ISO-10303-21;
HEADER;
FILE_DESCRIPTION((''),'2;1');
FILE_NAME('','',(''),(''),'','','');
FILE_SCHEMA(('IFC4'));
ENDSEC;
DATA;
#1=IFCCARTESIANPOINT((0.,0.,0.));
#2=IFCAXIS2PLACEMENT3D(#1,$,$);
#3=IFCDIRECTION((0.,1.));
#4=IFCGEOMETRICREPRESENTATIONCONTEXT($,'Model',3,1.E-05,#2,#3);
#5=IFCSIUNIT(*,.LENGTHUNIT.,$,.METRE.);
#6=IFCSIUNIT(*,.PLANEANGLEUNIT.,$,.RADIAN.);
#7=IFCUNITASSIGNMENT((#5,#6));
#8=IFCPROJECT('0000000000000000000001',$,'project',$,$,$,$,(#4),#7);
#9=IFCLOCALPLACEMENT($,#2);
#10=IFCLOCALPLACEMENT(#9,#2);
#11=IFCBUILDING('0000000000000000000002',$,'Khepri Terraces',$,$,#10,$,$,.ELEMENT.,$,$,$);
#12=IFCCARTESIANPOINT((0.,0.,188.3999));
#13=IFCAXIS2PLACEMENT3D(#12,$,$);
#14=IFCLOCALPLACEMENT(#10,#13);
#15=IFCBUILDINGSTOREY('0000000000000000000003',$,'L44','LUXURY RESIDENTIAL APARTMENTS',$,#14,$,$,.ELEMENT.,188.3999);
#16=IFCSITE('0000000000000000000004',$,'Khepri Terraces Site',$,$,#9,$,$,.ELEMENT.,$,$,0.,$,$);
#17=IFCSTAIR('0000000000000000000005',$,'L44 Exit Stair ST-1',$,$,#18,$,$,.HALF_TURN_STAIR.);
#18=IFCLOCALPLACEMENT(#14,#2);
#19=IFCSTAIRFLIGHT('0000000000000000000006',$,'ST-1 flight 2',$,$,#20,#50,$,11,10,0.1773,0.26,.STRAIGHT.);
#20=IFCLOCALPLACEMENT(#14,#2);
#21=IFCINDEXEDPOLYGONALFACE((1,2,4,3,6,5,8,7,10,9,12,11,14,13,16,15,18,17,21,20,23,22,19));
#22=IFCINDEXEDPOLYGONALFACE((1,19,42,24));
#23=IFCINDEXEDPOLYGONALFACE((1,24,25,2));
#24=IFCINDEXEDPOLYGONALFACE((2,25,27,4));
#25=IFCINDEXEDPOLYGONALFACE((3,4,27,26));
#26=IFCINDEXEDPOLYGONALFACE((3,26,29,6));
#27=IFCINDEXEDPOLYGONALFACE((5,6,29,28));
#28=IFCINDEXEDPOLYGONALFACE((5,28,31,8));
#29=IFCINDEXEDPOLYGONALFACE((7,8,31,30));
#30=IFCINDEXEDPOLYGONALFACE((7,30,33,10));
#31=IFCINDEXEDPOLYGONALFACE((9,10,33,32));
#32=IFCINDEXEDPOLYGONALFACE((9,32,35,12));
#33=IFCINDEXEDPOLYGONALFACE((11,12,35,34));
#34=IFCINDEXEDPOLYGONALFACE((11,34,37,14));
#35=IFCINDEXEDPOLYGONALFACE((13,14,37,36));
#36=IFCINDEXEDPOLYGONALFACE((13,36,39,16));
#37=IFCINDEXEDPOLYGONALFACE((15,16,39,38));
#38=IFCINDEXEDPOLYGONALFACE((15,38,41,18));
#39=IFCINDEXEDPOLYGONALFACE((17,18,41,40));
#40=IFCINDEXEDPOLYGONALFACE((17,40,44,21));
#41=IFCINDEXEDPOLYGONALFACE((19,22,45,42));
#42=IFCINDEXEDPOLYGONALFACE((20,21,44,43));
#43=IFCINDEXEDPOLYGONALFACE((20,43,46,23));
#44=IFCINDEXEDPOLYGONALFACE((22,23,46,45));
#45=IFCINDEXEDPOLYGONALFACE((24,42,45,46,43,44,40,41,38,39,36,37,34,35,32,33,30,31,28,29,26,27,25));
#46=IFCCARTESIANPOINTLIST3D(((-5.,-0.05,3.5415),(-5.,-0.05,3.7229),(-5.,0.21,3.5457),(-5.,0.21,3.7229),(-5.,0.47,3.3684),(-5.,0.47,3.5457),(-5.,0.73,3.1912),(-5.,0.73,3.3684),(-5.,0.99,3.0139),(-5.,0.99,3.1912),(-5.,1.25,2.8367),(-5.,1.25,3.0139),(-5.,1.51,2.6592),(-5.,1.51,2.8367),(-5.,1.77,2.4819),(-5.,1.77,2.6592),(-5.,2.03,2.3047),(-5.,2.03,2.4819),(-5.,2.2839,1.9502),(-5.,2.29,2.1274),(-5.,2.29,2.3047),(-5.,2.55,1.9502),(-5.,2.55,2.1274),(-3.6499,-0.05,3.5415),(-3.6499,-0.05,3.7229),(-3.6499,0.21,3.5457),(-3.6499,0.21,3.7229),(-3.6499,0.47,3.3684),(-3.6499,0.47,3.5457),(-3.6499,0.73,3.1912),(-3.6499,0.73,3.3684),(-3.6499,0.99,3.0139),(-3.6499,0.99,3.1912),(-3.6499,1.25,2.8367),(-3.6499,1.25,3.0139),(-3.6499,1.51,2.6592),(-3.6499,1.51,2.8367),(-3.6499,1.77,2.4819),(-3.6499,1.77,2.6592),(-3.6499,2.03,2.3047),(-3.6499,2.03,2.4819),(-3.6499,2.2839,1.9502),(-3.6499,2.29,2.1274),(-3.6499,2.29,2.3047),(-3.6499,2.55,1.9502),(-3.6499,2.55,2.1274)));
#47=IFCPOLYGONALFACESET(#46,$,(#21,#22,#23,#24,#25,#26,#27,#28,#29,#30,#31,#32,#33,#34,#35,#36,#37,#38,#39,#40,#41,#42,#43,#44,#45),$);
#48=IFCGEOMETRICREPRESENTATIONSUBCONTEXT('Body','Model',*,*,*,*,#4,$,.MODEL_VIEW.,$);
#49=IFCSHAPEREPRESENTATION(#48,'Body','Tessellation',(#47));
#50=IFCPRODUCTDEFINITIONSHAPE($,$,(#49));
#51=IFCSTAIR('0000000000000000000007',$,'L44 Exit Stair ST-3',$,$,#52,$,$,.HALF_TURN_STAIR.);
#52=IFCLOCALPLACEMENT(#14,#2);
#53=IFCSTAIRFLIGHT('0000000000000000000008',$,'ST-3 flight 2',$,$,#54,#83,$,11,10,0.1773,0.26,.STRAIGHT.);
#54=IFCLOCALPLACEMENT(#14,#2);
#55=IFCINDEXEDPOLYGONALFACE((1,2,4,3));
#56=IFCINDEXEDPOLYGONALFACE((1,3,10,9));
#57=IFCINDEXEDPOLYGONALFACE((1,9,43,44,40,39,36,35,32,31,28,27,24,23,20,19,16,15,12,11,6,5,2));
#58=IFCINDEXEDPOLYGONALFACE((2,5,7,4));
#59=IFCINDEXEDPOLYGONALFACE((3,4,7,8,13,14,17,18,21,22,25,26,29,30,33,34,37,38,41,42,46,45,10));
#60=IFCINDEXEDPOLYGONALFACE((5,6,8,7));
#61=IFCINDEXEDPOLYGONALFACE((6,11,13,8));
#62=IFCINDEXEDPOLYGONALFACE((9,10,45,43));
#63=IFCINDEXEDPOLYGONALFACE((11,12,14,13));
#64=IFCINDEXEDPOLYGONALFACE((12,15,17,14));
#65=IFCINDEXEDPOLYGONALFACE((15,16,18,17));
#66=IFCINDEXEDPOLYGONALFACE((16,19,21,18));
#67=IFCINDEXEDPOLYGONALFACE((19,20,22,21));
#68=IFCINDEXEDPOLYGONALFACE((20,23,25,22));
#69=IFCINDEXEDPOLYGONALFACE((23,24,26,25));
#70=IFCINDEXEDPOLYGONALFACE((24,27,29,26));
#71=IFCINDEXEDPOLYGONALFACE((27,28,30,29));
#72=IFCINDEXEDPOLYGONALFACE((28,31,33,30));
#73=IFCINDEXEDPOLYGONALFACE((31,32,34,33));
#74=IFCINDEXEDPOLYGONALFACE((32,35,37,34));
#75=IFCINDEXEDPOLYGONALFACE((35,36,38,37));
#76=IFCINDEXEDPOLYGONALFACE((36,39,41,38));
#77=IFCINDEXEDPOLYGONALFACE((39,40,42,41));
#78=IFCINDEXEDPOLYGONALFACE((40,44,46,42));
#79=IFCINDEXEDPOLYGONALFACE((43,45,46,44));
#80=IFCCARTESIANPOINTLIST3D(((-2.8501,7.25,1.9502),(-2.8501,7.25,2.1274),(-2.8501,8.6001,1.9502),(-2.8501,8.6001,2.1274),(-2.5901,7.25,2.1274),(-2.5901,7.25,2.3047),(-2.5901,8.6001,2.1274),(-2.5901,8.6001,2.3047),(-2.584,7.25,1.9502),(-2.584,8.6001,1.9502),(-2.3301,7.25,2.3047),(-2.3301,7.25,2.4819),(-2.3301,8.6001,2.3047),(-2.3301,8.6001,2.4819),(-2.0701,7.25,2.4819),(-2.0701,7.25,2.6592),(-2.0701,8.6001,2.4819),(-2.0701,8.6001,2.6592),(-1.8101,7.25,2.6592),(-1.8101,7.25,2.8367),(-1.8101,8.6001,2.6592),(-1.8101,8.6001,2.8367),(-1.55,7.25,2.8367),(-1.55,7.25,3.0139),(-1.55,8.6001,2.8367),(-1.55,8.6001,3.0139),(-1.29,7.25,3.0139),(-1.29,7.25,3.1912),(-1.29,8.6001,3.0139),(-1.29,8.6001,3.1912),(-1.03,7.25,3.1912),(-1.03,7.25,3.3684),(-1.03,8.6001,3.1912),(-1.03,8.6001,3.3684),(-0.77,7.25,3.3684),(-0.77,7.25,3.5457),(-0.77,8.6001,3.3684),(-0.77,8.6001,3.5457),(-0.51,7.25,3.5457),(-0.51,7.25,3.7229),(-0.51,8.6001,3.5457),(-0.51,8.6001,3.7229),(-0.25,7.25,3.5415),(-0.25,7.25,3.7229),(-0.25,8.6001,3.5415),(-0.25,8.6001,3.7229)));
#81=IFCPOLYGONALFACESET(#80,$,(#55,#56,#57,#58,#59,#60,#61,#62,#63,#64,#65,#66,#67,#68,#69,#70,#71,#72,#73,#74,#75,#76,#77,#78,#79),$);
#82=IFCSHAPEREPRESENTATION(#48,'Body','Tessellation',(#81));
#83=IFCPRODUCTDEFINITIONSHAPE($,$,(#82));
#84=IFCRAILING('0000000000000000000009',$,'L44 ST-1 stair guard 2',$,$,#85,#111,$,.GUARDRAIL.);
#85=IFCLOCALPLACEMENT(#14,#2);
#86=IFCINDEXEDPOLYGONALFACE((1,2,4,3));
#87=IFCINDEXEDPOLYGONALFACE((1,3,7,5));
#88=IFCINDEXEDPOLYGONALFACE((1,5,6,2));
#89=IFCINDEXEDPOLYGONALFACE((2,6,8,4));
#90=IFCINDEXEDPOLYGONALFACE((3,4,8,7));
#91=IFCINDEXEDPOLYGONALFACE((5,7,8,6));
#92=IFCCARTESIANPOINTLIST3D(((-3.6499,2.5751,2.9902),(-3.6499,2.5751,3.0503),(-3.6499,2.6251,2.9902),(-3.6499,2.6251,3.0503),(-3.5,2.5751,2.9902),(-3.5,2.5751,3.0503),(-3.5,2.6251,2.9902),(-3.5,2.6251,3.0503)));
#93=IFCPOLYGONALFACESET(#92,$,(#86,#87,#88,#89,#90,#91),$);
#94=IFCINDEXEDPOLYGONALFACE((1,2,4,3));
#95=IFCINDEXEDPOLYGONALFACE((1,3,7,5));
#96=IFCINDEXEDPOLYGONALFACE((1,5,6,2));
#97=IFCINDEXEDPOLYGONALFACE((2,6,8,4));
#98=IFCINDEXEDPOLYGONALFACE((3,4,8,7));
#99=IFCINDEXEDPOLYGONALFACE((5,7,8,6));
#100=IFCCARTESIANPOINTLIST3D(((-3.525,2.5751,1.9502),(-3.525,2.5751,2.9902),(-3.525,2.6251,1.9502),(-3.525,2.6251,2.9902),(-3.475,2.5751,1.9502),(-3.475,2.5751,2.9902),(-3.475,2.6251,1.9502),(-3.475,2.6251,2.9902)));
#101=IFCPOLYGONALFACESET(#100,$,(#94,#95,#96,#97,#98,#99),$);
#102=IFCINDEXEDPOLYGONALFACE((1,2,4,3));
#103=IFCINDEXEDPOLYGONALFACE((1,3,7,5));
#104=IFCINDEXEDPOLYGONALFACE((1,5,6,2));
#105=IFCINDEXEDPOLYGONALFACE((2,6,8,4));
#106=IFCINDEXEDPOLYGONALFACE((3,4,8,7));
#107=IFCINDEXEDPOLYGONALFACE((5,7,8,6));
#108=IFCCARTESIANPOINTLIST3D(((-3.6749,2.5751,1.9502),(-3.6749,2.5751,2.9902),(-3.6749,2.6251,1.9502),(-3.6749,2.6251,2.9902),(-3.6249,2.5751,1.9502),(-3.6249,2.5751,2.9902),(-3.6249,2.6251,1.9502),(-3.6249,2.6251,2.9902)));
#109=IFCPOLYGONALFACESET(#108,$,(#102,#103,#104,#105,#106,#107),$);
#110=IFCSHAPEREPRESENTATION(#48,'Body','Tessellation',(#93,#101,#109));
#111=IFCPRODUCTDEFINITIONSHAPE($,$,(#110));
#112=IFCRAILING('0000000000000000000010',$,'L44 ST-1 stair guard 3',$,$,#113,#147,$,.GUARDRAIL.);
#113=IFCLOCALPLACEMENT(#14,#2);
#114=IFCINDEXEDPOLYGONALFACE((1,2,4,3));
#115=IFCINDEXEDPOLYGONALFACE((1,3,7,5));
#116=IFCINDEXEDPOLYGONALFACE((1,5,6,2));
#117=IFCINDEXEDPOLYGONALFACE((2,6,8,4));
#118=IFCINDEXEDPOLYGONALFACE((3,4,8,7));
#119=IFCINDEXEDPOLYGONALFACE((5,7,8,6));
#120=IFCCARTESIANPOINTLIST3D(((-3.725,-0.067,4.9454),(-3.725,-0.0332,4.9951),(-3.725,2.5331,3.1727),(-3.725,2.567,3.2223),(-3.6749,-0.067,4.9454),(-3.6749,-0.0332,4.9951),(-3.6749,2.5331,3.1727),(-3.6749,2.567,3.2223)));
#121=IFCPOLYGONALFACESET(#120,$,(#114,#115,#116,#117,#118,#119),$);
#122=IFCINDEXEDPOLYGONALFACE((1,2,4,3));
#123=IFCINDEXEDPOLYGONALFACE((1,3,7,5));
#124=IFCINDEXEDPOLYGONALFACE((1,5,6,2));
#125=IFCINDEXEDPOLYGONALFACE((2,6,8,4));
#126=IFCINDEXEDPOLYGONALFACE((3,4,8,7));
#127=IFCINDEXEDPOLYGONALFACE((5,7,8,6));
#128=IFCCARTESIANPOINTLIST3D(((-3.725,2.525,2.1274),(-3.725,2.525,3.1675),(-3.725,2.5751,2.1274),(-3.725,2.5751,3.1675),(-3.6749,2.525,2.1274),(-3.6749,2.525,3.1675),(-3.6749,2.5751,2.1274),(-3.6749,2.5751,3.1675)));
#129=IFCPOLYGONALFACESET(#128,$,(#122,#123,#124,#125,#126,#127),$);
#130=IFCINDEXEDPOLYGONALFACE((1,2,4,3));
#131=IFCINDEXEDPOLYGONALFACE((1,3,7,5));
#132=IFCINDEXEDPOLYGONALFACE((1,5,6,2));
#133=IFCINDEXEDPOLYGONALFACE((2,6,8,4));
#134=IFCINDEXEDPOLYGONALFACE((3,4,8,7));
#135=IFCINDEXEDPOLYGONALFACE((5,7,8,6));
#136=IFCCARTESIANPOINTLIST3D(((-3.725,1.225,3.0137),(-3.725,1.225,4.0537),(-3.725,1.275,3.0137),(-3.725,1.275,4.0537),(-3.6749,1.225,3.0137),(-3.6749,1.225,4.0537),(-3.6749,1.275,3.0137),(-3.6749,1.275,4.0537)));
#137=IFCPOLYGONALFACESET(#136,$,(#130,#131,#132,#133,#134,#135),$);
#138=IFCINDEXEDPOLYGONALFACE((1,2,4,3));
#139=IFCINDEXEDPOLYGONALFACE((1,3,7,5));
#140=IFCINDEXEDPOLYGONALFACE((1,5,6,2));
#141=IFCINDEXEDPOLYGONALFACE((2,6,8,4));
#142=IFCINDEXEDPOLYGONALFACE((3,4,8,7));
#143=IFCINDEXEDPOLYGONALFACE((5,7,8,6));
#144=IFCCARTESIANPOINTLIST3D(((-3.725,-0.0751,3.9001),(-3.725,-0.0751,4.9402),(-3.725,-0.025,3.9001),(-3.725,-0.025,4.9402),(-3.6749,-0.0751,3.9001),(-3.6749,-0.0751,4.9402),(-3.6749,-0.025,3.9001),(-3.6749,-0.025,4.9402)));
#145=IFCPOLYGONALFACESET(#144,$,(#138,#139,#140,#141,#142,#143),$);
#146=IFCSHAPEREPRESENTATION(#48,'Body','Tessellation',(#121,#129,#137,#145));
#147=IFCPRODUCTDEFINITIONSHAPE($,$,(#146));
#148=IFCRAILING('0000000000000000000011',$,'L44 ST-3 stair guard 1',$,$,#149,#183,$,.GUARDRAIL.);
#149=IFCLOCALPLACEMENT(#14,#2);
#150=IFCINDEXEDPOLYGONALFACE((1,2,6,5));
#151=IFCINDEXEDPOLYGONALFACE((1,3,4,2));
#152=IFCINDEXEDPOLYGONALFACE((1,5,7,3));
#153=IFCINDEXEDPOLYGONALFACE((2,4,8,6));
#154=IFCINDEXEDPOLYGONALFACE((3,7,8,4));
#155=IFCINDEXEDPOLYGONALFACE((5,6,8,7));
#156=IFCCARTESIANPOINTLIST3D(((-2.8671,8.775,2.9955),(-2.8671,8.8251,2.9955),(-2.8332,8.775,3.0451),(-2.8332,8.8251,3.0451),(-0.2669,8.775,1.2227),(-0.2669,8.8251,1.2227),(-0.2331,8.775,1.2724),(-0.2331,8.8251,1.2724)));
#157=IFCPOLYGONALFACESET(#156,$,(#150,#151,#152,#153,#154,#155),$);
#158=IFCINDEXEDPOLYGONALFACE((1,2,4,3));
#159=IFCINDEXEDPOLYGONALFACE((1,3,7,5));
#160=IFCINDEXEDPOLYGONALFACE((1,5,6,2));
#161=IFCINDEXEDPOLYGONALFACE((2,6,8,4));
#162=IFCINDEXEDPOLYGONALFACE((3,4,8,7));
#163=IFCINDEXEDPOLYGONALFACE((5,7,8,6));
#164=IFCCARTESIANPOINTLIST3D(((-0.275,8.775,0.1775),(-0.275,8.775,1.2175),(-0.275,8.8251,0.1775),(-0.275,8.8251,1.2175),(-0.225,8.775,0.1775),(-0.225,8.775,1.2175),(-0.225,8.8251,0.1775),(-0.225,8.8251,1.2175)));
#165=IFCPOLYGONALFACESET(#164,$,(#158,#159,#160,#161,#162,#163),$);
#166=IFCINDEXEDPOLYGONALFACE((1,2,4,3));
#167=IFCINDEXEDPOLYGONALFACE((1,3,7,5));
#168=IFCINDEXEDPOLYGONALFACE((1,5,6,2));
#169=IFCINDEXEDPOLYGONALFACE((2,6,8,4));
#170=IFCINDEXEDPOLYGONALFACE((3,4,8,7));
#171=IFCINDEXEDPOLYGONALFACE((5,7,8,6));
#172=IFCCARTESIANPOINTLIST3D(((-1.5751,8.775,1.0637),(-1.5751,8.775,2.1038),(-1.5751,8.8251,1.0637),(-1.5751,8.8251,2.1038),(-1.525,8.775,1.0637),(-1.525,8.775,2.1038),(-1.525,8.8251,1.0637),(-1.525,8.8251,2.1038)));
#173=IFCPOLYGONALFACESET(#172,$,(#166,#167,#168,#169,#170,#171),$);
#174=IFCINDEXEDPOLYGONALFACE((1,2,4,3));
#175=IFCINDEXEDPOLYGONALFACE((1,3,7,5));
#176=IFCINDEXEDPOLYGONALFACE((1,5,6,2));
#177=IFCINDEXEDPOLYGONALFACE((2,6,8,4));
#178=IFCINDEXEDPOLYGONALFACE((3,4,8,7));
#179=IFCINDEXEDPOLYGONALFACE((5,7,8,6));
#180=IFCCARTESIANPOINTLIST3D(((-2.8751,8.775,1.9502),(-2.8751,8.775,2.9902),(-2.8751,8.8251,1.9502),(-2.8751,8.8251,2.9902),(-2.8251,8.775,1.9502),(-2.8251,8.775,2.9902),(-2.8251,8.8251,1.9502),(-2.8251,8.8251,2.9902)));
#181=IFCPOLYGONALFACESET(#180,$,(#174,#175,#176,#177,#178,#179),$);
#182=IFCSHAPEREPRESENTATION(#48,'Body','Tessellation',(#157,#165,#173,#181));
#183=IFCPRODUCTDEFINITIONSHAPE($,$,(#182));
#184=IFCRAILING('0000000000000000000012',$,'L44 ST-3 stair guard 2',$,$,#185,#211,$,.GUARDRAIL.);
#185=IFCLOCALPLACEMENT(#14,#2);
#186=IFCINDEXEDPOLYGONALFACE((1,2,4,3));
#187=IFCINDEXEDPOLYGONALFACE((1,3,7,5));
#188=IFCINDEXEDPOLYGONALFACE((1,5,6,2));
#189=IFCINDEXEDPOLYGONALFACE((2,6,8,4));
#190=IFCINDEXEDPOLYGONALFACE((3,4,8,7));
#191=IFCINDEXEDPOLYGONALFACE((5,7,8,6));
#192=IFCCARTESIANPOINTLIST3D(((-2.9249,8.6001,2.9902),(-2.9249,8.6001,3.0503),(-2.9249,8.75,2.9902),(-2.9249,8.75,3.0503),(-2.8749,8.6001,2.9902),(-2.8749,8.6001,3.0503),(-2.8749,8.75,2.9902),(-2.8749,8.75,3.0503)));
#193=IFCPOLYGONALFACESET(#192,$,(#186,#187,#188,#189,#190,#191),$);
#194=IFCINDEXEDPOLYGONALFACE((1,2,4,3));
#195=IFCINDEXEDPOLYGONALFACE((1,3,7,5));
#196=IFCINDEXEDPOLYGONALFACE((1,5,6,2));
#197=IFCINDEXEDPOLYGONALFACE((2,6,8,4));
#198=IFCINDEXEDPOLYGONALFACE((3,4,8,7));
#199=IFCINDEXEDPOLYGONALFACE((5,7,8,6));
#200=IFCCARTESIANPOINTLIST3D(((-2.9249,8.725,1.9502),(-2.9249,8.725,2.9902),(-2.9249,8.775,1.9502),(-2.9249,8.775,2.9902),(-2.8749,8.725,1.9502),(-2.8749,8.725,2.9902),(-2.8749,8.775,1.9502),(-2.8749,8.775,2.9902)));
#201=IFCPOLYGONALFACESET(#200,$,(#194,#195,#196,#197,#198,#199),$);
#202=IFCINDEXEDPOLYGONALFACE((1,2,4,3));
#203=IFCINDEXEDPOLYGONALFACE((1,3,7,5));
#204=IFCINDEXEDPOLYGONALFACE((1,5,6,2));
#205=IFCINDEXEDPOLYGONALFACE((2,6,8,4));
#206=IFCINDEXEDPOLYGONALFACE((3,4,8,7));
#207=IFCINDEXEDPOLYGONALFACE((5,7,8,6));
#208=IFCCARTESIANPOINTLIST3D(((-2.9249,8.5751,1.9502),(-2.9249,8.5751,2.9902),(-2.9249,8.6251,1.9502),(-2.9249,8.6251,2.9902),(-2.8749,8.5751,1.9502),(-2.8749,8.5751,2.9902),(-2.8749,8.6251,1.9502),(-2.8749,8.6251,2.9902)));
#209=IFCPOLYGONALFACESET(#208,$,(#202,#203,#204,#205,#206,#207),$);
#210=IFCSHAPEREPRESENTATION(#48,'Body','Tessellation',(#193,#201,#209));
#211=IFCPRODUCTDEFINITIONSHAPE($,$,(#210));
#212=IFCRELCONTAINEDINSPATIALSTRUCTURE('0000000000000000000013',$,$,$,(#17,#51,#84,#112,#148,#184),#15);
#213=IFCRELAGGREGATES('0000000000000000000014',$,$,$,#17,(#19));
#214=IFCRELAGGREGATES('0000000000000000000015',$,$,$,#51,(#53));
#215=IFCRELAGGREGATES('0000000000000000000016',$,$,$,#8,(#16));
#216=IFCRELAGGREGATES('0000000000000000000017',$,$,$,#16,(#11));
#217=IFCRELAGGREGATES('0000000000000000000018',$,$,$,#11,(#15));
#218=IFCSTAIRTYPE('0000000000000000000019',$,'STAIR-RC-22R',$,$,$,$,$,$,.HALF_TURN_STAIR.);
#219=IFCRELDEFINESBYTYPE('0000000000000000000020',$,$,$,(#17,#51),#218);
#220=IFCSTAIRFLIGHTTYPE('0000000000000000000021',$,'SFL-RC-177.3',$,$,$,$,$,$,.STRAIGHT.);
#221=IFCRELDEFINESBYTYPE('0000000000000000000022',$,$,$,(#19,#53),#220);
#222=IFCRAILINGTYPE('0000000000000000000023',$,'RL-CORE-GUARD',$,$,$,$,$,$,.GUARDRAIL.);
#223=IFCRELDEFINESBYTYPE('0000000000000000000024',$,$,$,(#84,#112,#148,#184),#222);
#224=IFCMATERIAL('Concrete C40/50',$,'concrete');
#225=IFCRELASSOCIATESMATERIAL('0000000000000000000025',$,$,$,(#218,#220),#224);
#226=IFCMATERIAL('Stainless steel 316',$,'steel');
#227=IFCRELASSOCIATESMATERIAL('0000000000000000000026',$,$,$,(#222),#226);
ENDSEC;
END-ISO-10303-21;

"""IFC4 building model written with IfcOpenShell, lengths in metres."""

from ifc_helpers import new_model, si_unit, direction, frame, origin, origin_2d, place, context, subcontext, project, spatial, polyline, rectangle, outline, extrude, material, type_object, element, aggregate, save


model = new_model("IFC4")

# Units and contexts
model_context = context("Model", 3, precision=1e-05, world=origin(), true_north=direction((0.0, 1.0)))
body_context = subcontext(model_context, "Body", "Model", "MODEL_VIEW")
ifc_project = project(units=[si_unit("LENGTHUNIT", "METRE"), si_unit("PLANEANGLEUNIT", "RADIAN")], contexts=[model_context])

# Site, building, storey
site_placement = place(None, origin())
site = spatial("IfcSite", under=ifc_project, at=site_placement, Name="Khepri Terraces Site", CompositionType="ELEMENT", RefElevation=0.0)
building_placement = place(site_placement, origin())
building = spatial("IfcBuilding", under=site, at=building_placement, Name="Khepri Terraces", CompositionType="ELEMENT")
storey_placement = place(building_placement, frame((0.0, 0.0, 188.3999)))
storey = spatial("IfcBuildingStorey", under=building, at=storey_placement, Name="L44", Description="LUXURY RESIDENTIAL APARTMENTS", CompositionType="ELEMENT", Elevation=188.3999)

# Stairs, stair flights
ifc_material_1 = material(Name="Concrete C40/50", Category="concrete")
stair_type = type_object("IfcStairType", Name="STAIR-RC-22R", PredefinedType="HALF_TURN_STAIR", material=ifc_material_1)
stair_1_placement = place(storey_placement, origin())
stair_1 = element("IfcStair", 1, at=stair_1_placement, inside=storey, type_object=stair_type, Name="L44 Exit Stair ST-1", PredefinedType="HALF_TURN_STAIR")
stair_flight_type = type_object("IfcStairFlightType", Name="SFL-RC-177.3", PredefinedType="STRAIGHT", material=ifc_material_1)
stair_flight_1_placement = place(storey_placement, frame((-4.325, 2.55, 1.9502), z_axis=(0.0, 0.0, 1.0), x_axis=(0.0, -1.0, 0.0)))
stair_flight_1 = element("IfcStairFlight", 2, at=stair_flight_1_placement, type_object=stair_flight_type, Name="ST-1 flight 2", NumberOfRisers=11, NumberOfTreads=10, PredefinedType="STRAIGHT", RiserHeight=0.1773, TreadLength=0.26, context=body_context, shape_type="SweptSolid", body=[
    extrude(outline(polyline([(0.0, 0.0), (0.0, 0.1772), (0.26, 0.1772), (0.26, 0.3545), (0.52, 0.3545), (0.52, 0.5317), (0.78, 0.5317), (0.78, 0.709), (1.04, 0.709), (1.04, 0.8865), (1.3, 0.8865), (1.3, 1.0637), (1.5601, 1.0637), (1.5601, 1.241), (1.8201, 1.241), (1.8201, 1.4182), (2.0801, 1.4182), (2.0801, 1.5955), (2.3401, 1.5955), (2.3401, 1.7727), (2.6001, 1.7727), (2.6001, 1.95), (2.6001, 1.5913), (0.2661, 0.0), (0.0, 0.0)])), frame((0.0, 0.675, 0.0), z_axis=(0.0, -1.0, 0.0), x_axis=(1.0, 0.0, 0.0)), (0.0, 0.0, 1.0), 1.3501),
])
aggregate(stair_1, [stair_flight_1])
stair_2_placement = place(storey_placement, origin())
stair_2 = element("IfcStair", 3, at=stair_2_placement, inside=storey, type_object=stair_type, Name="L44 Exit Stair ST-3", PredefinedType="HALF_TURN_STAIR")
stair_flight_2_placement = place(storey_placement, frame((-2.8501, 7.925, 1.9502), z_axis=(0.0, 0.0, 1.0), x_axis=(1.0, 0.0, 0.0)))
stair_flight_2 = element("IfcStairFlight", 4, at=stair_flight_2_placement, type_object=stair_flight_type, Name="ST-3 flight 2", NumberOfRisers=11, NumberOfTreads=10, PredefinedType="STRAIGHT", RiserHeight=0.1773, TreadLength=0.26, context=body_context, shape_type="SweptSolid", body=[
    extrude(outline(polyline([(0.0, 0.0), (0.0, 0.1772), (0.26, 0.1772), (0.26, 0.3545), (0.52, 0.3545), (0.52, 0.5317), (0.78, 0.5317), (0.78, 0.709), (1.04, 0.709), (1.04, 0.8865), (1.3, 0.8865), (1.3, 1.0637), (1.5601, 1.0637), (1.5601, 1.241), (1.8201, 1.241), (1.8201, 1.4182), (2.0801, 1.4182), (2.0801, 1.5955), (2.3401, 1.5955), (2.3401, 1.7727), (2.6001, 1.7727), (2.6001, 1.95), (2.6001, 1.5913), (0.2661, 0.0), (0.0, 0.0)])), frame((0.0, 0.675, 0.0), z_axis=(0.0, -1.0, 0.0), x_axis=(1.0, 0.0, 0.0)), (0.0, 0.0, 1.0), 1.3501),
])
aggregate(stair_2, [stair_flight_2])

# Railings
ifc_material_2 = material(Name="Stainless steel 316", Category="steel")
railing_type_1 = type_object("IfcRailingType", Name="RL-CORE-GUARD", PredefinedType="GUARDRAIL", material=ifc_material_2)
railing_1_placement = place(storey_placement, frame((-3.5, 2.6001, 1.9502)))
element("IfcRailing", 5, at=railing_1_placement, inside=storey, type_object=railing_type_1, Name="L44 ST-1 stair guard 2", PredefinedType="GUARDRAIL", context=body_context, shape_type="SweptSolid", body=[
    extrude(rectangle(XDim=0.05, YDim=0.0601, at=origin_2d()), frame((0.0, 0.0, 1.0701), z_axis=(-1.0, 0.0, 0.0), x_axis=(0.0, -1.0, 0.0)), (0.0, 0.0, 1.0), 0.1499),
    extrude(rectangle(XDim=0.05, YDim=0.05, at=origin_2d()), origin(), (0.0, 0.0, 1.0), 1.04),
    extrude(rectangle(XDim=0.05, YDim=0.05, at=origin_2d()), frame((-0.1499, 0.0, 0.0)), (0.0, 0.0, 1.0), 1.04),
])
railing_2_placement = place(storey_placement, frame((-3.7, 2.55, 2.1274)))
element("IfcRailing", 6, at=railing_2_placement, inside=storey, type_object=railing_type_1, Name="L44 ST-1 stair guard 3", PredefinedType="GUARDRAIL", context=body_context, shape_type="SweptSolid", body=[
    extrude(rectangle(XDim=0.05, YDim=0.0601, at=origin_2d()), frame((0.0, 0.0, 1.0701), z_axis=(0.0, -0.82624, 0.563318), x_axis=(1.0, 0.0, 0.0)), (0.0, 0.0, 1.0), 3.147),
    extrude(rectangle(XDim=0.05, YDim=0.05, at=origin_2d()), origin(), (0.0, 0.0, 1.0), 1.04),
    extrude(rectangle(XDim=0.05, YDim=0.05, at=origin_2d()), frame((0.0, -1.3, 0.8862)), (0.0, 0.0, 1.0), 1.04),
    extrude(rectangle(XDim=0.05, YDim=0.05, at=origin_2d()), frame((0.0, -2.6001, 1.7727)), (0.0, 0.0, 1.0), 1.04),
])
railing_3_placement = place(storey_placement, frame((-0.25, 8.8, 0.1775)))
element("IfcRailing", 7, at=railing_3_placement, inside=storey, type_object=railing_type_1, Name="L44 ST-3 stair guard 1", PredefinedType="GUARDRAIL", context=body_context, shape_type="SweptSolid", body=[
    extrude(rectangle(XDim=0.05, YDim=0.0601, at=origin_2d()), frame((0.0, 0.0, 1.0701), z_axis=(-0.82624, 0.0, 0.563318), x_axis=(0.0, -1.0, 0.0)), (0.0, 0.0, 1.0), 3.147),
    extrude(rectangle(XDim=0.05, YDim=0.05, at=origin_2d()), origin(), (0.0, 0.0, 1.0), 1.04),
    extrude(rectangle(XDim=0.05, YDim=0.05, at=origin_2d()), frame((-1.3, 0.0, 0.8862)), (0.0, 0.0, 1.0), 1.04),
    extrude(rectangle(XDim=0.05, YDim=0.05, at=origin_2d()), frame((-2.6001, 0.0, 1.7727)), (0.0, 0.0, 1.0), 1.04),
])
railing_4_placement = place(storey_placement, frame((-2.8999, 8.75, 1.9502)))
element("IfcRailing", 8, at=railing_4_placement, inside=storey, type_object=railing_type_1, Name="L44 ST-3 stair guard 2", PredefinedType="GUARDRAIL", context=body_context, shape_type="SweptSolid", body=[
    extrude(rectangle(XDim=0.05, YDim=0.0601, at=origin_2d()), frame((0.0, 0.0, 1.0701), z_axis=(0.0, -1.0, 0.0), x_axis=(1.0, 0.0, 0.0)), (0.0, 0.0, 1.0), 0.1499),
    extrude(rectangle(XDim=0.05, YDim=0.05, at=origin_2d()), origin(), (0.0, 0.0, 1.0), 1.04),
    extrude(rectangle(XDim=0.05, YDim=0.05, at=origin_2d()), frame((0.0, -0.1499, 0.0)), (0.0, 0.0, 1.0), 1.04),
])

save(model, "model.ifc")
